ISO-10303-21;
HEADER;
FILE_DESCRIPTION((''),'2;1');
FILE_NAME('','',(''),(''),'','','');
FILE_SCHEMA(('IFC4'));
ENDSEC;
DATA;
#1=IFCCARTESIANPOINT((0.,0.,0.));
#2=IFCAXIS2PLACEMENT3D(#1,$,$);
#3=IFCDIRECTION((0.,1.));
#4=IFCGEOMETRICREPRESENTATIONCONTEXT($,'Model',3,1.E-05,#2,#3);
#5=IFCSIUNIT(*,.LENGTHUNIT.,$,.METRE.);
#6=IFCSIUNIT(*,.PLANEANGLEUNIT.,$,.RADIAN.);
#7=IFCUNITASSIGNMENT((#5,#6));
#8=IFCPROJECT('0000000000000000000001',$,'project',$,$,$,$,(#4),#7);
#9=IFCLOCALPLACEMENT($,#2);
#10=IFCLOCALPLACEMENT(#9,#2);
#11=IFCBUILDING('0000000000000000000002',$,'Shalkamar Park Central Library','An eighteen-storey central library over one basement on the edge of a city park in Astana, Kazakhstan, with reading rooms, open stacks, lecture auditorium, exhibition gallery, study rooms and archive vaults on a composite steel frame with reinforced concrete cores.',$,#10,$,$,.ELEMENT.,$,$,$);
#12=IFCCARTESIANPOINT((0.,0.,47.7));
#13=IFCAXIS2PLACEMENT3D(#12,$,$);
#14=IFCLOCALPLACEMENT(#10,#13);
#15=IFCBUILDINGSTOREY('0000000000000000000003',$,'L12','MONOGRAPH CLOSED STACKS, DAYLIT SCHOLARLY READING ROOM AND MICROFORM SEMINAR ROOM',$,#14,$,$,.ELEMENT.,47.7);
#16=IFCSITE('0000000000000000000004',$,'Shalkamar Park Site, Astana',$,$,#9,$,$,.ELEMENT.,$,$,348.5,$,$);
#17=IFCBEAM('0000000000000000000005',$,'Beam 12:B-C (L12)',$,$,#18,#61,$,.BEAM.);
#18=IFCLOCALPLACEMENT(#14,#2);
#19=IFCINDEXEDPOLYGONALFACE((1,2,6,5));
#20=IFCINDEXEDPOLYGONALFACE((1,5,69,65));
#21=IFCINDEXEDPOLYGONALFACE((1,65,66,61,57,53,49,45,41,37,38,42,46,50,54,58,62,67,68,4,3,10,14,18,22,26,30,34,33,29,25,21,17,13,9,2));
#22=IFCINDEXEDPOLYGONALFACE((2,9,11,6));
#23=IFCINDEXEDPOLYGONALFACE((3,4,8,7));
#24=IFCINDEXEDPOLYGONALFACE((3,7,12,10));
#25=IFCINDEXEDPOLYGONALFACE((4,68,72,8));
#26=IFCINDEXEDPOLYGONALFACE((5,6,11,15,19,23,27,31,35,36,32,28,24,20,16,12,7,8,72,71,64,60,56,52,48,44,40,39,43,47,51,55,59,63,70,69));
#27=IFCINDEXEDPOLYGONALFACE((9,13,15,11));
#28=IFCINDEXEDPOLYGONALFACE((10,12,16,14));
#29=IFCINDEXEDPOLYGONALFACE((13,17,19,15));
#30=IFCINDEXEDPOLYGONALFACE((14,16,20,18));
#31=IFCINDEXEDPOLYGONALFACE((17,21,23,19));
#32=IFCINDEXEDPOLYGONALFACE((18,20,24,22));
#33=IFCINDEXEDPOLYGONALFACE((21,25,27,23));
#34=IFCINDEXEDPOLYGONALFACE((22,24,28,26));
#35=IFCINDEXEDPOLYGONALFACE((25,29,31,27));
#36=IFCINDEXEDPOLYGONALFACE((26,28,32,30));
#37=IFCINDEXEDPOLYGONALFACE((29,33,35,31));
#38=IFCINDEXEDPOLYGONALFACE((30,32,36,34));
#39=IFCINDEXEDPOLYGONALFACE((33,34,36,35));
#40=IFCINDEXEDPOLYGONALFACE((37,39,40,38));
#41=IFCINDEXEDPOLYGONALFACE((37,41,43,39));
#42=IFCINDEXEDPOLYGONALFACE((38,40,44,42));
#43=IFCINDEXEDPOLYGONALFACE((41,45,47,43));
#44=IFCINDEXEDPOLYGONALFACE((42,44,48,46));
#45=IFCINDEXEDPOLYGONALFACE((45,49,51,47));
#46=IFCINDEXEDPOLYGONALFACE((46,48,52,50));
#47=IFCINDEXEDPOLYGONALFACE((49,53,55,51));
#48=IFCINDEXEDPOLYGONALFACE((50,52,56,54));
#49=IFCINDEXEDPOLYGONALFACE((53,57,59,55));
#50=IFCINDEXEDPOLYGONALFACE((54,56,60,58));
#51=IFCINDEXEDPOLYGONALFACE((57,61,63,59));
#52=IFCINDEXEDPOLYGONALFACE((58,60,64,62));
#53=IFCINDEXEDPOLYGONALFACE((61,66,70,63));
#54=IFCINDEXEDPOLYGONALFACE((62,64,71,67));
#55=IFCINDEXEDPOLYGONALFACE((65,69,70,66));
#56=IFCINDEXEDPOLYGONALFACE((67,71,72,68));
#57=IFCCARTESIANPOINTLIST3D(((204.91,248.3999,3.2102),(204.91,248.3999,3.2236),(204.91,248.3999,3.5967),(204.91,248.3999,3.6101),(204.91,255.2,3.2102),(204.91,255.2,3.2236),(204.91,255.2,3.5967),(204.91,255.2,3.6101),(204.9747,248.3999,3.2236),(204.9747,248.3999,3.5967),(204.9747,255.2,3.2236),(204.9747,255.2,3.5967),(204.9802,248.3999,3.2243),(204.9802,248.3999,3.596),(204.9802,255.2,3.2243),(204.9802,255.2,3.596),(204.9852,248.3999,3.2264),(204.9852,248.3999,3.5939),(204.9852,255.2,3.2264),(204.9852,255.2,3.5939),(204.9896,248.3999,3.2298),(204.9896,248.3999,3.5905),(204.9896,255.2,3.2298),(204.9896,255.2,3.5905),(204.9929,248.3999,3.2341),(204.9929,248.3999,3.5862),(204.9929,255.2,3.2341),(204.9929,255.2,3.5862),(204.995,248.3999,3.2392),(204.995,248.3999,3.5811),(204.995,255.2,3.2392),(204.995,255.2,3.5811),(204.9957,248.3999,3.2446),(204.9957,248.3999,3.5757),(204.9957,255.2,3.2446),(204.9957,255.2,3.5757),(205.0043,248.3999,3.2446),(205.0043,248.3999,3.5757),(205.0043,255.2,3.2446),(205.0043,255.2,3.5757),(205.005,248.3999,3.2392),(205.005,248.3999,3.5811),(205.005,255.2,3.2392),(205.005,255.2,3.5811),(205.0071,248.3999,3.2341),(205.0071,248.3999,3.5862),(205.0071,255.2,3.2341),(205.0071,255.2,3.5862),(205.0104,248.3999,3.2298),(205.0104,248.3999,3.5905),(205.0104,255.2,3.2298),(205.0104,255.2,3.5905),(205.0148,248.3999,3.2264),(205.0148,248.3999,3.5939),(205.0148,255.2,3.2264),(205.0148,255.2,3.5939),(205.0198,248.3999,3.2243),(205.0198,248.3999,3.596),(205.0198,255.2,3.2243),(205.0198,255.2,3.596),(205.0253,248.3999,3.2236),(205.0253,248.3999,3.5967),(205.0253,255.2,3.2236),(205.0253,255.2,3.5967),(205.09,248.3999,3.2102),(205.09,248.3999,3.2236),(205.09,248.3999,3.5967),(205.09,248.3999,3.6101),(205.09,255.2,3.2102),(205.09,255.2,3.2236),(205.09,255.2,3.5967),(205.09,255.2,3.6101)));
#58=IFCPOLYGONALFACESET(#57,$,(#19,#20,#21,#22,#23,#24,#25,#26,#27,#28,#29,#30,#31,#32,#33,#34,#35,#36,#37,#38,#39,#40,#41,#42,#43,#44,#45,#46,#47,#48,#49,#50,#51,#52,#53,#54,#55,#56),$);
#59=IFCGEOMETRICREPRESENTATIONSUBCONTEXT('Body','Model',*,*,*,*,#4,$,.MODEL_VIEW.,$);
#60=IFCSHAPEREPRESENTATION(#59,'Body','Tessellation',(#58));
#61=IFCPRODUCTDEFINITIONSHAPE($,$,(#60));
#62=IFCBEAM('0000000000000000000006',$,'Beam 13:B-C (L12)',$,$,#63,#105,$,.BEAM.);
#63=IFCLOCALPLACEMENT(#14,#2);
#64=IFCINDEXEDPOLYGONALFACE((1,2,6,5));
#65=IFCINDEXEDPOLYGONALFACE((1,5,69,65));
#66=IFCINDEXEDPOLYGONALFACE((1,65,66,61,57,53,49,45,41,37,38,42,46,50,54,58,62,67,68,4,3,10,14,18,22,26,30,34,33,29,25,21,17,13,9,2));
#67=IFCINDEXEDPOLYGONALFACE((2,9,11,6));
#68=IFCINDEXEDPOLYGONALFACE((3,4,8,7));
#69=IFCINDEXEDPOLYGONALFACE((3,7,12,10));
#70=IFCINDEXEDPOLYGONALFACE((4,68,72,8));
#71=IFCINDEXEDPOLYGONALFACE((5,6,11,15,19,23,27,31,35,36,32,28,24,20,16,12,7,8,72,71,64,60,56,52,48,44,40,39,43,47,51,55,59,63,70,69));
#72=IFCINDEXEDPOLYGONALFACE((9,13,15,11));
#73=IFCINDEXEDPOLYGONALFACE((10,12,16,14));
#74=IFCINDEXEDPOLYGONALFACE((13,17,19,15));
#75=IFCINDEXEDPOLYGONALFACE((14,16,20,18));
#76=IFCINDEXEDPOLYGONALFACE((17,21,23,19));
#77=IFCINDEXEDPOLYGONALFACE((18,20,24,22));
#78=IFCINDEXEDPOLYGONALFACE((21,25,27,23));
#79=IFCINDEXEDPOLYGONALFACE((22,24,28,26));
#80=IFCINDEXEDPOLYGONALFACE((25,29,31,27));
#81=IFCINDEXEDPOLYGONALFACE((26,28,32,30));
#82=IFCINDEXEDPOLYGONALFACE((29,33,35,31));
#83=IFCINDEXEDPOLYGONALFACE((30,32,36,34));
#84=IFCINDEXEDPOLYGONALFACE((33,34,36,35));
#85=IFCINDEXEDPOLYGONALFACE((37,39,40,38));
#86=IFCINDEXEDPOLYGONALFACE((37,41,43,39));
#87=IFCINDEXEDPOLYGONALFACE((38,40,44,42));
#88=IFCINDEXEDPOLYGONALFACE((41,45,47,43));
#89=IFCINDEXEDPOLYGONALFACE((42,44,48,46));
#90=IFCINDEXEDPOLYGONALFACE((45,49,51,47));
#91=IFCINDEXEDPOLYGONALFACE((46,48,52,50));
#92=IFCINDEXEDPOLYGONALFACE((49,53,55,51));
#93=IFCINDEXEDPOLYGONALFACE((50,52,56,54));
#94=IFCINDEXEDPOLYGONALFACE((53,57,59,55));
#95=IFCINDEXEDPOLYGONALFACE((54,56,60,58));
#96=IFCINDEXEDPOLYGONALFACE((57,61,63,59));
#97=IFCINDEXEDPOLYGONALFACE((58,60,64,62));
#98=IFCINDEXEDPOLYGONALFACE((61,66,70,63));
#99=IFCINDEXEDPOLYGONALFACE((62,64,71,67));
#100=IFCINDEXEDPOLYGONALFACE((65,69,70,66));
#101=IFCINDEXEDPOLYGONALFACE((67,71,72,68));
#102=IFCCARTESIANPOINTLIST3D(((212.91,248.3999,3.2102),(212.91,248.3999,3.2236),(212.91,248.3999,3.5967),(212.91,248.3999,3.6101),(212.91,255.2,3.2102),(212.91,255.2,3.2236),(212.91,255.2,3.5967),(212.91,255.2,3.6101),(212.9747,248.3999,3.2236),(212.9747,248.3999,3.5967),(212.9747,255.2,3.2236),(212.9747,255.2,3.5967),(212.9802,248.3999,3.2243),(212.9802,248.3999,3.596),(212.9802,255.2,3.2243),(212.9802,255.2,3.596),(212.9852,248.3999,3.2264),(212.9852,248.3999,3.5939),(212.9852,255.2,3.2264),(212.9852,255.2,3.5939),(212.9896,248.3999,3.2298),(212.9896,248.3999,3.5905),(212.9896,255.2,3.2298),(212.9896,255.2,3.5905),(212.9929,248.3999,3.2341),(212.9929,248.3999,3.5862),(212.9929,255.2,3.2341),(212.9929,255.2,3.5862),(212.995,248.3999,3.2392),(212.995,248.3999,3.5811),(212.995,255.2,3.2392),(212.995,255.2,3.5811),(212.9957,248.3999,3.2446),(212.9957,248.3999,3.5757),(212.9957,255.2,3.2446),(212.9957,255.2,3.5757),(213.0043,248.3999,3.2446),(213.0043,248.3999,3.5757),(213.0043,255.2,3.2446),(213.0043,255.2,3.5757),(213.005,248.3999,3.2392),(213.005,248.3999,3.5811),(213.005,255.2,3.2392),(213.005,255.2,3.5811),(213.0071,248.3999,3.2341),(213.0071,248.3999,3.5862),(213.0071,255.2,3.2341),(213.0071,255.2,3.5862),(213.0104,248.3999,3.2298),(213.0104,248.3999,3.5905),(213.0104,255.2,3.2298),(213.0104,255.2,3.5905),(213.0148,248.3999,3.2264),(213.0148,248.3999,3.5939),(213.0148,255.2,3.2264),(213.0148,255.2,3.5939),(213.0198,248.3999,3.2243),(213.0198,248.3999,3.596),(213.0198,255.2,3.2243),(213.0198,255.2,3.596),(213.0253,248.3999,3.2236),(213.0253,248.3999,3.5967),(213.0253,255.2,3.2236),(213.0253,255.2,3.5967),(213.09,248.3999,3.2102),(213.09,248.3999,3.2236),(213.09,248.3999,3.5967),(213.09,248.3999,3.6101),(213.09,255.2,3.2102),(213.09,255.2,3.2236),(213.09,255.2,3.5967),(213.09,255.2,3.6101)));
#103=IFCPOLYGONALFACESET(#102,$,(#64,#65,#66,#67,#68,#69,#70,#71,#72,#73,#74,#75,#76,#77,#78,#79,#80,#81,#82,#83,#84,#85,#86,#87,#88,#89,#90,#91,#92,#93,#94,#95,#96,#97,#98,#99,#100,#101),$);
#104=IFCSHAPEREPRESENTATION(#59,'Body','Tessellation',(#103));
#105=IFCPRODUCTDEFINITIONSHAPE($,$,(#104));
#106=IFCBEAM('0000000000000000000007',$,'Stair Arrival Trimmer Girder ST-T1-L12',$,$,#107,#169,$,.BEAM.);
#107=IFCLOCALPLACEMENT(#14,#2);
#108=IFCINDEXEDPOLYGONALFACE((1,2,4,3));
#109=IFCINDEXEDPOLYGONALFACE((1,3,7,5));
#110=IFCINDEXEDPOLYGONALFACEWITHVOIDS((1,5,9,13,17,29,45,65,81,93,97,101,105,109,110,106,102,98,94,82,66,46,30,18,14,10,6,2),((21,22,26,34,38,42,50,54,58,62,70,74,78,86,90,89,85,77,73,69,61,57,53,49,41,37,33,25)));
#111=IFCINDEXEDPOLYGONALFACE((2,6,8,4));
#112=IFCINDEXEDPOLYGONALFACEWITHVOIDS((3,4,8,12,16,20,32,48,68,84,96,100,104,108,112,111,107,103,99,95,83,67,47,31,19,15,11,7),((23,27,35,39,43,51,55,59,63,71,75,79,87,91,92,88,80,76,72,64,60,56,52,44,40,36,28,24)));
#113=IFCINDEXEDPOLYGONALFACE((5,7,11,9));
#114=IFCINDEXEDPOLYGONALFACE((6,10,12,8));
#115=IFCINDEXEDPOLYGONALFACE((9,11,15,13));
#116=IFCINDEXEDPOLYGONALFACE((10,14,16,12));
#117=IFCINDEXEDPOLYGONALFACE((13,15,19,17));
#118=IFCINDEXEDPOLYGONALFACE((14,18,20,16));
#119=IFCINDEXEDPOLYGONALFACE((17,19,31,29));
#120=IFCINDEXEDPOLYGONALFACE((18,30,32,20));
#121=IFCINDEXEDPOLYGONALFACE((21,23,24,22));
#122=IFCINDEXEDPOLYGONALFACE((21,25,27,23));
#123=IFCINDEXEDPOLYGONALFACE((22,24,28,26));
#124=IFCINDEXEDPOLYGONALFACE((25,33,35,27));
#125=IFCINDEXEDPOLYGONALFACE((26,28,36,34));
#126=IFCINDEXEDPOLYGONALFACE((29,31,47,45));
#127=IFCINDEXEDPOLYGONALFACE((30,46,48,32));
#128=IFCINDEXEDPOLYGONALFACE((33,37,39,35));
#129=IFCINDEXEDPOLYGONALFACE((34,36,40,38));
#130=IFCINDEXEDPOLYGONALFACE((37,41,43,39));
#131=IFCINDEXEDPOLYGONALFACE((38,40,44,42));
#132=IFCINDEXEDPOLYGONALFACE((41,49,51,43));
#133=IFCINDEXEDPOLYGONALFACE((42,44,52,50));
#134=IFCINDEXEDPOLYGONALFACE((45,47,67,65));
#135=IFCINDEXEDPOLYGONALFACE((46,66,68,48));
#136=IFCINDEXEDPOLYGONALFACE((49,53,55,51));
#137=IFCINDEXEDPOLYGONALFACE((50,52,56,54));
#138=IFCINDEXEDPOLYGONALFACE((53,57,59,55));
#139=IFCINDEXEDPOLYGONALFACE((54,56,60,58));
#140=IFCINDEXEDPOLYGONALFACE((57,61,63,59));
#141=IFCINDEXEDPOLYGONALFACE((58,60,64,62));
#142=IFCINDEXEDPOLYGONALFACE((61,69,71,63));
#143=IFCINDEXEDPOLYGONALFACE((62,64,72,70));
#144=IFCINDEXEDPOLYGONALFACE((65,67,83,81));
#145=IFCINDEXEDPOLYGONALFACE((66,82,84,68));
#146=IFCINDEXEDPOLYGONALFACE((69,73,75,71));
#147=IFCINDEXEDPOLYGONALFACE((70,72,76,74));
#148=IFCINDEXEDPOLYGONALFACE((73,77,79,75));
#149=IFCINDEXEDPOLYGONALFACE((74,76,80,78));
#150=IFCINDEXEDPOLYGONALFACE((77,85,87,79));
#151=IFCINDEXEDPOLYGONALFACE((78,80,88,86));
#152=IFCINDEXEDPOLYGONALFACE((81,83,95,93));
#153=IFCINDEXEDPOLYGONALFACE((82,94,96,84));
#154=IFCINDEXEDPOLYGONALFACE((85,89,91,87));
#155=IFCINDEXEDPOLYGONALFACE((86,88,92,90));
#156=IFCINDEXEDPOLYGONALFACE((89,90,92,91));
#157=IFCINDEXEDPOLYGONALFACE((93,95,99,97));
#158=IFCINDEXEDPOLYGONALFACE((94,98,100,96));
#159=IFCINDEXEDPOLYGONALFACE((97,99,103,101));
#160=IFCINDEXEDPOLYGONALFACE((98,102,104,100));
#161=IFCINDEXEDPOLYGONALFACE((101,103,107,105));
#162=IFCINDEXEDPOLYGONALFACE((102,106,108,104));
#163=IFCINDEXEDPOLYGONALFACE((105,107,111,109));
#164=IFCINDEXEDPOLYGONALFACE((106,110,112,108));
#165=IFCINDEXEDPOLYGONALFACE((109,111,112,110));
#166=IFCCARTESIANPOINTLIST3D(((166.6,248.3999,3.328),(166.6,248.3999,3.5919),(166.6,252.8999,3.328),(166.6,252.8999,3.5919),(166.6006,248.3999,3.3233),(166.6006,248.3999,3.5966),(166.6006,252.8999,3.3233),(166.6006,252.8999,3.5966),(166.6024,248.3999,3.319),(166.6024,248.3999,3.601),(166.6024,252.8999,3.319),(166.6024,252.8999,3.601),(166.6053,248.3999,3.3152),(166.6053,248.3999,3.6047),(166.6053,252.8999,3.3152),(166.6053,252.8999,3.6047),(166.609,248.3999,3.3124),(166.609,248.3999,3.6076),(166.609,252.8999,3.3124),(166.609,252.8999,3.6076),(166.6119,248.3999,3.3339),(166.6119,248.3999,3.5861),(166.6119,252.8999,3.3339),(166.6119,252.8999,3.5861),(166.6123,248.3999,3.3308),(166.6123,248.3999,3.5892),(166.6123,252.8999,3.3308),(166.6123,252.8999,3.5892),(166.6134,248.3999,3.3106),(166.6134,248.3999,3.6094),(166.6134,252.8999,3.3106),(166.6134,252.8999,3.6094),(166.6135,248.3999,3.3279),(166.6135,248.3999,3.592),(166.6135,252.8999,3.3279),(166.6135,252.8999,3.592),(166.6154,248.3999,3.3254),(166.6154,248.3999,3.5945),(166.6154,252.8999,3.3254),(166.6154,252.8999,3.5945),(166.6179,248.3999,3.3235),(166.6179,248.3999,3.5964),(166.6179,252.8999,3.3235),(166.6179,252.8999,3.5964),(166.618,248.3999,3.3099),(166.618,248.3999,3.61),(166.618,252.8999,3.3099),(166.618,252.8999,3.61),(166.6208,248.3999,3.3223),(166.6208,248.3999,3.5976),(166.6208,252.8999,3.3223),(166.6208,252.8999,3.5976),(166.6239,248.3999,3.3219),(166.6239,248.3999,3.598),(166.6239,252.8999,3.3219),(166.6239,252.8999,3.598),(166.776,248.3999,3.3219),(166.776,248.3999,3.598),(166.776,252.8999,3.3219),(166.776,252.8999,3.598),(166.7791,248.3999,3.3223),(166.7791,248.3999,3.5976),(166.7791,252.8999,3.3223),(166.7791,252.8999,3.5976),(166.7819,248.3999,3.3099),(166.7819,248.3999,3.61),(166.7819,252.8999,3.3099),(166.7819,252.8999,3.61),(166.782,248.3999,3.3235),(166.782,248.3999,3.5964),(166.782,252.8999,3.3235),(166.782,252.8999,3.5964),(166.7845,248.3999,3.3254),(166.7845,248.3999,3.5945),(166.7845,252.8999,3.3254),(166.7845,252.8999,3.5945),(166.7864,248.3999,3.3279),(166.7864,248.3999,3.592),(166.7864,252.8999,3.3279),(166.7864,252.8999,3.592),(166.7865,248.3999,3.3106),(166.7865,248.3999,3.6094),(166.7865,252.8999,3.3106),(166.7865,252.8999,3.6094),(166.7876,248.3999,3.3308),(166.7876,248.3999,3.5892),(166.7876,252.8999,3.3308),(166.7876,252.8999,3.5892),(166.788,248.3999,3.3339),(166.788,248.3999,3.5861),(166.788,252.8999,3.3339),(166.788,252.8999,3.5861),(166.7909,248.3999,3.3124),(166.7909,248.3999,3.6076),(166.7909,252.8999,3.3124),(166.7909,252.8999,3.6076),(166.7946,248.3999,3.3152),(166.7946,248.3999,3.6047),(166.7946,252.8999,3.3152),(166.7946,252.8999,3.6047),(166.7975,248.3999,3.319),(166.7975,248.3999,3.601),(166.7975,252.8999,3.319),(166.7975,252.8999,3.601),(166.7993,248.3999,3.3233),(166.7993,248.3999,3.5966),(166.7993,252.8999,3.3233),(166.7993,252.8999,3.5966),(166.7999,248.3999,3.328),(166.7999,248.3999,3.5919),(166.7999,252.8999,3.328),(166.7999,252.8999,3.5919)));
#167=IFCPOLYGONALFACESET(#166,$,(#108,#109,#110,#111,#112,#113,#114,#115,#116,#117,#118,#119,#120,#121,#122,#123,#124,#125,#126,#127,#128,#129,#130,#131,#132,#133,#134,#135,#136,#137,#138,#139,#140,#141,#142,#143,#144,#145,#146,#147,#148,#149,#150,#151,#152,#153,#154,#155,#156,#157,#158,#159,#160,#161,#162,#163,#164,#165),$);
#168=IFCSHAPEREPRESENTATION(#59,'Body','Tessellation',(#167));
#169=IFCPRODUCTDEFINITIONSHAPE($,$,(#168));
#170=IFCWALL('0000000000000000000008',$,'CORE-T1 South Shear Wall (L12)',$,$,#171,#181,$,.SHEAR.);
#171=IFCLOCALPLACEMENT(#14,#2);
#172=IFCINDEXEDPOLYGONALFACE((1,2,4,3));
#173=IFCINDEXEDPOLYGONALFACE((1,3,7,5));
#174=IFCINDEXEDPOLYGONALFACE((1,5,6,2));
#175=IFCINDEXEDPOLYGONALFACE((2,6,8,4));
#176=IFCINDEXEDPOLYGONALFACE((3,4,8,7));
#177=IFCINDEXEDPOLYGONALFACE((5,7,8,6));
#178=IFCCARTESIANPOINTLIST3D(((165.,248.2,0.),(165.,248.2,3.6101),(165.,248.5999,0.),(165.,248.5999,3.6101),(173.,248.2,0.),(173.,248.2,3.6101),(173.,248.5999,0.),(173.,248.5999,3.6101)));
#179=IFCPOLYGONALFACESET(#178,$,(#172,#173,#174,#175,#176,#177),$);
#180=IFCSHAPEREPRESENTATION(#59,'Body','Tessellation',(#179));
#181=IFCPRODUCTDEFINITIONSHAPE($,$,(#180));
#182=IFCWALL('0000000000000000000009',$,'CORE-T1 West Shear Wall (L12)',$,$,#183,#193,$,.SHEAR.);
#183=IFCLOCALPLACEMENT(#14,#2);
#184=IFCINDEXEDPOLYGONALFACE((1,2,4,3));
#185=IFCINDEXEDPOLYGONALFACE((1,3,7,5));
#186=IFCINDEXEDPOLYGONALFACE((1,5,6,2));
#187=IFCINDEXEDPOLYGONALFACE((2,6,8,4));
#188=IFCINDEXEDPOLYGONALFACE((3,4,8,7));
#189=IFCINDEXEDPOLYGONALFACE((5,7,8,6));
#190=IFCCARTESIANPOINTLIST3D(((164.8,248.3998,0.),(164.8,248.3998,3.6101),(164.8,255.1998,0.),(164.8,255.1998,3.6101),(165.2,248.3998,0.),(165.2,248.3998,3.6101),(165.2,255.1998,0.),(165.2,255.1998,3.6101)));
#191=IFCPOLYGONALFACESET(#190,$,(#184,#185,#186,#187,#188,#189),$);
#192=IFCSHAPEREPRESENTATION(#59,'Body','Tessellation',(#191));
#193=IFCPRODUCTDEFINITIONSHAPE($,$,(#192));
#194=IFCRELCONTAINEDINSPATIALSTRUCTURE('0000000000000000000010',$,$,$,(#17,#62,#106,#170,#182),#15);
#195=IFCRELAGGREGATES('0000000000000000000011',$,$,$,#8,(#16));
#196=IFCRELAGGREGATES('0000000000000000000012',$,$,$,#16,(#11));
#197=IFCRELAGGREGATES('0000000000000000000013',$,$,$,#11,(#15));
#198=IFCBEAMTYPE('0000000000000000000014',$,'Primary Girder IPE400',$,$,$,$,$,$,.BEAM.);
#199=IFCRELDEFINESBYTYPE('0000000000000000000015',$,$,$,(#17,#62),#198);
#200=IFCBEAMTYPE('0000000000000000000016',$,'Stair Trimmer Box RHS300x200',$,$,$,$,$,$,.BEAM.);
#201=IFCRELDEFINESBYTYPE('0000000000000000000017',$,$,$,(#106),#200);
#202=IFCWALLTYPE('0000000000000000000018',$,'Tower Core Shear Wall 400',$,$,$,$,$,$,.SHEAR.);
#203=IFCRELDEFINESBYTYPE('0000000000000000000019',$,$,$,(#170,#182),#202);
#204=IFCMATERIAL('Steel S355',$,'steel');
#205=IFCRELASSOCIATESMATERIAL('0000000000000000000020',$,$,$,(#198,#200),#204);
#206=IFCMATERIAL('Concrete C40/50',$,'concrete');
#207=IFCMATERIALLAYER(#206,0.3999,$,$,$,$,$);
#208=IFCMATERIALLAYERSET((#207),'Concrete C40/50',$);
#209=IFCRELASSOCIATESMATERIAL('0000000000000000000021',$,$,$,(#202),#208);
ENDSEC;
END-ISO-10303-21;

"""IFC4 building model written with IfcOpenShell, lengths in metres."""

from ifc_helpers import new_model, si_unit, direction, frame, frame_2d, origin, origin_2d, place, context, subcontext, project, spatial, rectangle, hollow_rectangle, i_section, extrude, material, layer, layer_set, material_profile, profile_set, type_object, element, save


model = new_model("IFC4")

# Units and contexts
model_context = context("Model", 3, precision=1e-05, world=origin(), true_north=direction((0.0, 1.0)))
body_context = subcontext(model_context, "Body", "Model", "MODEL_VIEW")
ifc_project = project(units=[si_unit("LENGTHUNIT", "METRE"), si_unit("PLANEANGLEUNIT", "RADIAN")], contexts=[model_context])

# Site, building, storey
site_placement = place(None, origin())
site = spatial("IfcSite", under=ifc_project, at=site_placement, Name="Shalkamar Park Site, Astana", CompositionType="ELEMENT", RefElevation=348.5)
building_placement = place(site_placement, origin())
building = spatial("IfcBuilding", under=site, at=building_placement, Name="Shalkamar Park Central Library", Description="An eighteen-storey central library over one basement on the edge of a city park in Astana, Kazakhstan, with reading rooms, open stacks, lecture auditorium, exhibition gallery, study rooms and archive vaults on a composite steel frame with reinforced concrete cores.", CompositionType="ELEMENT")
storey_placement = place(building_placement, frame((0.0, 0.0, 47.7)))
storey = spatial("IfcBuildingStorey", under=building, at=storey_placement, Name="L12", Description="MONOGRAPH CLOSED STACKS, DAYLIT SCHOLARLY READING ROOM AND MICROFORM SEMINAR ROOM", CompositionType="ELEMENT", Elevation=47.7)

# Shared definitions
ifc_material_1 = material(Name="Steel S355", Category="steel")

# Beams
ifc_material_profile_1 = material_profile(ifc_material_1, i_section(OverallWidth=0.1799, OverallDepth=0.3999, WebThickness=0.0085, FlangeThickness=0.0134, FilletRadius=0.021, at=origin_2d()), Name="IPE 400")
ifc_profile_set_1 = profile_set([ifc_material_profile_1], Name="Steel S355")
beam_type_1 = type_object("IfcBeamType", Name="Primary Girder IPE400", PredefinedType="BEAM", material=ifc_profile_set_1)
for number, where, z_axis, x_axis, name in (
    (1, (205.0, 248.3999, 3.4102), (0.0, 1.0, 0.0), (-1.0, 0.0, 0.0), "Beam 12:B-C (L12)"),
    (2, (213.0, 248.3999, 3.4102), (0.0, 1.0, 0.0), (-1.0, 0.0, 0.0), "Beam 13:B-C (L12)"),
):
    element("IfcBeam", number, at=place(storey_placement, frame(where, z_axis=z_axis, x_axis=x_axis)), inside=storey, type_object=beam_type_1, Name=name, PredefinedType="BEAM", context=body_context, shape_type="SweptSolid", body=[
        extrude(i_section(OverallWidth=0.1799, OverallDepth=0.3999, WebThickness=0.0085, FlangeThickness=0.0134, FilletRadius=0.021, at=origin_2d()), origin(), (0.0, 0.0, 1.0), 6.8),
    ])
ifc_material_profile_2 = material_profile(ifc_material_1, hollow_rectangle(XDim=0.2, YDim=0.3, WallThickness=0.012, InnerFilletRadius=0.012, OuterFilletRadius=0.0181, at=origin_2d()), Name="RHS 300x200x12")
ifc_profile_set_2 = profile_set([ifc_material_profile_2], Name="Steel S355")
beam_type_2 = type_object("IfcBeamType", Name="Stair Trimmer Box RHS300x200", PredefinedType="BEAM", material=ifc_profile_set_2)
beam_1_placement = place(storey_placement, frame((166.7, 248.3999, 3.46), z_axis=(0.0, 1.0, 0.0), x_axis=(-1.0, 0.0, 0.0)))
element("IfcBeam", 3, at=beam_1_placement, inside=storey, type_object=beam_type_2, Name="Stair Arrival Trimmer Girder ST-T1-L12", PredefinedType="BEAM", context=body_context, shape_type="SweptSolid", body=[
    extrude(hollow_rectangle(XDim=0.2, YDim=0.3, WallThickness=0.012, InnerFilletRadius=0.012, OuterFilletRadius=0.0181, at=origin_2d()), origin(), (0.0, 0.0, 1.0), 4.5),
])

# Walls
ifc_material_2 = material(Name="Concrete C40/50", Category="concrete")
ifc_layer_1 = layer(ifc_material_2, 0.3999)
ifc_layer_set_1 = layer_set([ifc_layer_1], Name="Concrete C40/50")
wall_type_1 = type_object("IfcWallType", Name="Tower Core Shear Wall 400", PredefinedType="SHEAR", material=ifc_layer_set_1)
wall_1_placement = place(storey_placement, frame((165.0, 248.3999, 0.0), z_axis=(0.0, 0.0, 1.0), x_axis=(1.0, 0.0, 0.0)))
element("IfcWall", 4, at=wall_1_placement, inside=storey, type_object=wall_type_1, Name="CORE-T1 South Shear Wall (L12)", PredefinedType="SHEAR", context=body_context, shape_type="SweptSolid", body=[
    extrude(rectangle(XDim=8.0, YDim=0.3999, at=frame_2d((4.0, 0.0))), origin(), (0.0, 0.0, 1.0), 3.6101),
])
for number, where, z_axis, x_axis, name in (
    (5, (165.0, 248.3999, 0.0), (0.0, 0.0, 1.0), (0.0, 1.0, 0.0), "CORE-T1 West Shear Wall (L12)"),
):
    element("IfcWall", number, at=place(storey_placement, frame(where, z_axis=z_axis, x_axis=x_axis)), inside=storey, type_object=wall_type_1, Name=name, PredefinedType="SHEAR", context=body_context, shape_type="SweptSolid", body=[
        extrude(rectangle(XDim=6.8, YDim=0.3999, at=frame_2d((3.3999, 0.0))), origin(), (0.0, 0.0, 1.0), 3.6101),
    ])

save(model, "model.ifc")
